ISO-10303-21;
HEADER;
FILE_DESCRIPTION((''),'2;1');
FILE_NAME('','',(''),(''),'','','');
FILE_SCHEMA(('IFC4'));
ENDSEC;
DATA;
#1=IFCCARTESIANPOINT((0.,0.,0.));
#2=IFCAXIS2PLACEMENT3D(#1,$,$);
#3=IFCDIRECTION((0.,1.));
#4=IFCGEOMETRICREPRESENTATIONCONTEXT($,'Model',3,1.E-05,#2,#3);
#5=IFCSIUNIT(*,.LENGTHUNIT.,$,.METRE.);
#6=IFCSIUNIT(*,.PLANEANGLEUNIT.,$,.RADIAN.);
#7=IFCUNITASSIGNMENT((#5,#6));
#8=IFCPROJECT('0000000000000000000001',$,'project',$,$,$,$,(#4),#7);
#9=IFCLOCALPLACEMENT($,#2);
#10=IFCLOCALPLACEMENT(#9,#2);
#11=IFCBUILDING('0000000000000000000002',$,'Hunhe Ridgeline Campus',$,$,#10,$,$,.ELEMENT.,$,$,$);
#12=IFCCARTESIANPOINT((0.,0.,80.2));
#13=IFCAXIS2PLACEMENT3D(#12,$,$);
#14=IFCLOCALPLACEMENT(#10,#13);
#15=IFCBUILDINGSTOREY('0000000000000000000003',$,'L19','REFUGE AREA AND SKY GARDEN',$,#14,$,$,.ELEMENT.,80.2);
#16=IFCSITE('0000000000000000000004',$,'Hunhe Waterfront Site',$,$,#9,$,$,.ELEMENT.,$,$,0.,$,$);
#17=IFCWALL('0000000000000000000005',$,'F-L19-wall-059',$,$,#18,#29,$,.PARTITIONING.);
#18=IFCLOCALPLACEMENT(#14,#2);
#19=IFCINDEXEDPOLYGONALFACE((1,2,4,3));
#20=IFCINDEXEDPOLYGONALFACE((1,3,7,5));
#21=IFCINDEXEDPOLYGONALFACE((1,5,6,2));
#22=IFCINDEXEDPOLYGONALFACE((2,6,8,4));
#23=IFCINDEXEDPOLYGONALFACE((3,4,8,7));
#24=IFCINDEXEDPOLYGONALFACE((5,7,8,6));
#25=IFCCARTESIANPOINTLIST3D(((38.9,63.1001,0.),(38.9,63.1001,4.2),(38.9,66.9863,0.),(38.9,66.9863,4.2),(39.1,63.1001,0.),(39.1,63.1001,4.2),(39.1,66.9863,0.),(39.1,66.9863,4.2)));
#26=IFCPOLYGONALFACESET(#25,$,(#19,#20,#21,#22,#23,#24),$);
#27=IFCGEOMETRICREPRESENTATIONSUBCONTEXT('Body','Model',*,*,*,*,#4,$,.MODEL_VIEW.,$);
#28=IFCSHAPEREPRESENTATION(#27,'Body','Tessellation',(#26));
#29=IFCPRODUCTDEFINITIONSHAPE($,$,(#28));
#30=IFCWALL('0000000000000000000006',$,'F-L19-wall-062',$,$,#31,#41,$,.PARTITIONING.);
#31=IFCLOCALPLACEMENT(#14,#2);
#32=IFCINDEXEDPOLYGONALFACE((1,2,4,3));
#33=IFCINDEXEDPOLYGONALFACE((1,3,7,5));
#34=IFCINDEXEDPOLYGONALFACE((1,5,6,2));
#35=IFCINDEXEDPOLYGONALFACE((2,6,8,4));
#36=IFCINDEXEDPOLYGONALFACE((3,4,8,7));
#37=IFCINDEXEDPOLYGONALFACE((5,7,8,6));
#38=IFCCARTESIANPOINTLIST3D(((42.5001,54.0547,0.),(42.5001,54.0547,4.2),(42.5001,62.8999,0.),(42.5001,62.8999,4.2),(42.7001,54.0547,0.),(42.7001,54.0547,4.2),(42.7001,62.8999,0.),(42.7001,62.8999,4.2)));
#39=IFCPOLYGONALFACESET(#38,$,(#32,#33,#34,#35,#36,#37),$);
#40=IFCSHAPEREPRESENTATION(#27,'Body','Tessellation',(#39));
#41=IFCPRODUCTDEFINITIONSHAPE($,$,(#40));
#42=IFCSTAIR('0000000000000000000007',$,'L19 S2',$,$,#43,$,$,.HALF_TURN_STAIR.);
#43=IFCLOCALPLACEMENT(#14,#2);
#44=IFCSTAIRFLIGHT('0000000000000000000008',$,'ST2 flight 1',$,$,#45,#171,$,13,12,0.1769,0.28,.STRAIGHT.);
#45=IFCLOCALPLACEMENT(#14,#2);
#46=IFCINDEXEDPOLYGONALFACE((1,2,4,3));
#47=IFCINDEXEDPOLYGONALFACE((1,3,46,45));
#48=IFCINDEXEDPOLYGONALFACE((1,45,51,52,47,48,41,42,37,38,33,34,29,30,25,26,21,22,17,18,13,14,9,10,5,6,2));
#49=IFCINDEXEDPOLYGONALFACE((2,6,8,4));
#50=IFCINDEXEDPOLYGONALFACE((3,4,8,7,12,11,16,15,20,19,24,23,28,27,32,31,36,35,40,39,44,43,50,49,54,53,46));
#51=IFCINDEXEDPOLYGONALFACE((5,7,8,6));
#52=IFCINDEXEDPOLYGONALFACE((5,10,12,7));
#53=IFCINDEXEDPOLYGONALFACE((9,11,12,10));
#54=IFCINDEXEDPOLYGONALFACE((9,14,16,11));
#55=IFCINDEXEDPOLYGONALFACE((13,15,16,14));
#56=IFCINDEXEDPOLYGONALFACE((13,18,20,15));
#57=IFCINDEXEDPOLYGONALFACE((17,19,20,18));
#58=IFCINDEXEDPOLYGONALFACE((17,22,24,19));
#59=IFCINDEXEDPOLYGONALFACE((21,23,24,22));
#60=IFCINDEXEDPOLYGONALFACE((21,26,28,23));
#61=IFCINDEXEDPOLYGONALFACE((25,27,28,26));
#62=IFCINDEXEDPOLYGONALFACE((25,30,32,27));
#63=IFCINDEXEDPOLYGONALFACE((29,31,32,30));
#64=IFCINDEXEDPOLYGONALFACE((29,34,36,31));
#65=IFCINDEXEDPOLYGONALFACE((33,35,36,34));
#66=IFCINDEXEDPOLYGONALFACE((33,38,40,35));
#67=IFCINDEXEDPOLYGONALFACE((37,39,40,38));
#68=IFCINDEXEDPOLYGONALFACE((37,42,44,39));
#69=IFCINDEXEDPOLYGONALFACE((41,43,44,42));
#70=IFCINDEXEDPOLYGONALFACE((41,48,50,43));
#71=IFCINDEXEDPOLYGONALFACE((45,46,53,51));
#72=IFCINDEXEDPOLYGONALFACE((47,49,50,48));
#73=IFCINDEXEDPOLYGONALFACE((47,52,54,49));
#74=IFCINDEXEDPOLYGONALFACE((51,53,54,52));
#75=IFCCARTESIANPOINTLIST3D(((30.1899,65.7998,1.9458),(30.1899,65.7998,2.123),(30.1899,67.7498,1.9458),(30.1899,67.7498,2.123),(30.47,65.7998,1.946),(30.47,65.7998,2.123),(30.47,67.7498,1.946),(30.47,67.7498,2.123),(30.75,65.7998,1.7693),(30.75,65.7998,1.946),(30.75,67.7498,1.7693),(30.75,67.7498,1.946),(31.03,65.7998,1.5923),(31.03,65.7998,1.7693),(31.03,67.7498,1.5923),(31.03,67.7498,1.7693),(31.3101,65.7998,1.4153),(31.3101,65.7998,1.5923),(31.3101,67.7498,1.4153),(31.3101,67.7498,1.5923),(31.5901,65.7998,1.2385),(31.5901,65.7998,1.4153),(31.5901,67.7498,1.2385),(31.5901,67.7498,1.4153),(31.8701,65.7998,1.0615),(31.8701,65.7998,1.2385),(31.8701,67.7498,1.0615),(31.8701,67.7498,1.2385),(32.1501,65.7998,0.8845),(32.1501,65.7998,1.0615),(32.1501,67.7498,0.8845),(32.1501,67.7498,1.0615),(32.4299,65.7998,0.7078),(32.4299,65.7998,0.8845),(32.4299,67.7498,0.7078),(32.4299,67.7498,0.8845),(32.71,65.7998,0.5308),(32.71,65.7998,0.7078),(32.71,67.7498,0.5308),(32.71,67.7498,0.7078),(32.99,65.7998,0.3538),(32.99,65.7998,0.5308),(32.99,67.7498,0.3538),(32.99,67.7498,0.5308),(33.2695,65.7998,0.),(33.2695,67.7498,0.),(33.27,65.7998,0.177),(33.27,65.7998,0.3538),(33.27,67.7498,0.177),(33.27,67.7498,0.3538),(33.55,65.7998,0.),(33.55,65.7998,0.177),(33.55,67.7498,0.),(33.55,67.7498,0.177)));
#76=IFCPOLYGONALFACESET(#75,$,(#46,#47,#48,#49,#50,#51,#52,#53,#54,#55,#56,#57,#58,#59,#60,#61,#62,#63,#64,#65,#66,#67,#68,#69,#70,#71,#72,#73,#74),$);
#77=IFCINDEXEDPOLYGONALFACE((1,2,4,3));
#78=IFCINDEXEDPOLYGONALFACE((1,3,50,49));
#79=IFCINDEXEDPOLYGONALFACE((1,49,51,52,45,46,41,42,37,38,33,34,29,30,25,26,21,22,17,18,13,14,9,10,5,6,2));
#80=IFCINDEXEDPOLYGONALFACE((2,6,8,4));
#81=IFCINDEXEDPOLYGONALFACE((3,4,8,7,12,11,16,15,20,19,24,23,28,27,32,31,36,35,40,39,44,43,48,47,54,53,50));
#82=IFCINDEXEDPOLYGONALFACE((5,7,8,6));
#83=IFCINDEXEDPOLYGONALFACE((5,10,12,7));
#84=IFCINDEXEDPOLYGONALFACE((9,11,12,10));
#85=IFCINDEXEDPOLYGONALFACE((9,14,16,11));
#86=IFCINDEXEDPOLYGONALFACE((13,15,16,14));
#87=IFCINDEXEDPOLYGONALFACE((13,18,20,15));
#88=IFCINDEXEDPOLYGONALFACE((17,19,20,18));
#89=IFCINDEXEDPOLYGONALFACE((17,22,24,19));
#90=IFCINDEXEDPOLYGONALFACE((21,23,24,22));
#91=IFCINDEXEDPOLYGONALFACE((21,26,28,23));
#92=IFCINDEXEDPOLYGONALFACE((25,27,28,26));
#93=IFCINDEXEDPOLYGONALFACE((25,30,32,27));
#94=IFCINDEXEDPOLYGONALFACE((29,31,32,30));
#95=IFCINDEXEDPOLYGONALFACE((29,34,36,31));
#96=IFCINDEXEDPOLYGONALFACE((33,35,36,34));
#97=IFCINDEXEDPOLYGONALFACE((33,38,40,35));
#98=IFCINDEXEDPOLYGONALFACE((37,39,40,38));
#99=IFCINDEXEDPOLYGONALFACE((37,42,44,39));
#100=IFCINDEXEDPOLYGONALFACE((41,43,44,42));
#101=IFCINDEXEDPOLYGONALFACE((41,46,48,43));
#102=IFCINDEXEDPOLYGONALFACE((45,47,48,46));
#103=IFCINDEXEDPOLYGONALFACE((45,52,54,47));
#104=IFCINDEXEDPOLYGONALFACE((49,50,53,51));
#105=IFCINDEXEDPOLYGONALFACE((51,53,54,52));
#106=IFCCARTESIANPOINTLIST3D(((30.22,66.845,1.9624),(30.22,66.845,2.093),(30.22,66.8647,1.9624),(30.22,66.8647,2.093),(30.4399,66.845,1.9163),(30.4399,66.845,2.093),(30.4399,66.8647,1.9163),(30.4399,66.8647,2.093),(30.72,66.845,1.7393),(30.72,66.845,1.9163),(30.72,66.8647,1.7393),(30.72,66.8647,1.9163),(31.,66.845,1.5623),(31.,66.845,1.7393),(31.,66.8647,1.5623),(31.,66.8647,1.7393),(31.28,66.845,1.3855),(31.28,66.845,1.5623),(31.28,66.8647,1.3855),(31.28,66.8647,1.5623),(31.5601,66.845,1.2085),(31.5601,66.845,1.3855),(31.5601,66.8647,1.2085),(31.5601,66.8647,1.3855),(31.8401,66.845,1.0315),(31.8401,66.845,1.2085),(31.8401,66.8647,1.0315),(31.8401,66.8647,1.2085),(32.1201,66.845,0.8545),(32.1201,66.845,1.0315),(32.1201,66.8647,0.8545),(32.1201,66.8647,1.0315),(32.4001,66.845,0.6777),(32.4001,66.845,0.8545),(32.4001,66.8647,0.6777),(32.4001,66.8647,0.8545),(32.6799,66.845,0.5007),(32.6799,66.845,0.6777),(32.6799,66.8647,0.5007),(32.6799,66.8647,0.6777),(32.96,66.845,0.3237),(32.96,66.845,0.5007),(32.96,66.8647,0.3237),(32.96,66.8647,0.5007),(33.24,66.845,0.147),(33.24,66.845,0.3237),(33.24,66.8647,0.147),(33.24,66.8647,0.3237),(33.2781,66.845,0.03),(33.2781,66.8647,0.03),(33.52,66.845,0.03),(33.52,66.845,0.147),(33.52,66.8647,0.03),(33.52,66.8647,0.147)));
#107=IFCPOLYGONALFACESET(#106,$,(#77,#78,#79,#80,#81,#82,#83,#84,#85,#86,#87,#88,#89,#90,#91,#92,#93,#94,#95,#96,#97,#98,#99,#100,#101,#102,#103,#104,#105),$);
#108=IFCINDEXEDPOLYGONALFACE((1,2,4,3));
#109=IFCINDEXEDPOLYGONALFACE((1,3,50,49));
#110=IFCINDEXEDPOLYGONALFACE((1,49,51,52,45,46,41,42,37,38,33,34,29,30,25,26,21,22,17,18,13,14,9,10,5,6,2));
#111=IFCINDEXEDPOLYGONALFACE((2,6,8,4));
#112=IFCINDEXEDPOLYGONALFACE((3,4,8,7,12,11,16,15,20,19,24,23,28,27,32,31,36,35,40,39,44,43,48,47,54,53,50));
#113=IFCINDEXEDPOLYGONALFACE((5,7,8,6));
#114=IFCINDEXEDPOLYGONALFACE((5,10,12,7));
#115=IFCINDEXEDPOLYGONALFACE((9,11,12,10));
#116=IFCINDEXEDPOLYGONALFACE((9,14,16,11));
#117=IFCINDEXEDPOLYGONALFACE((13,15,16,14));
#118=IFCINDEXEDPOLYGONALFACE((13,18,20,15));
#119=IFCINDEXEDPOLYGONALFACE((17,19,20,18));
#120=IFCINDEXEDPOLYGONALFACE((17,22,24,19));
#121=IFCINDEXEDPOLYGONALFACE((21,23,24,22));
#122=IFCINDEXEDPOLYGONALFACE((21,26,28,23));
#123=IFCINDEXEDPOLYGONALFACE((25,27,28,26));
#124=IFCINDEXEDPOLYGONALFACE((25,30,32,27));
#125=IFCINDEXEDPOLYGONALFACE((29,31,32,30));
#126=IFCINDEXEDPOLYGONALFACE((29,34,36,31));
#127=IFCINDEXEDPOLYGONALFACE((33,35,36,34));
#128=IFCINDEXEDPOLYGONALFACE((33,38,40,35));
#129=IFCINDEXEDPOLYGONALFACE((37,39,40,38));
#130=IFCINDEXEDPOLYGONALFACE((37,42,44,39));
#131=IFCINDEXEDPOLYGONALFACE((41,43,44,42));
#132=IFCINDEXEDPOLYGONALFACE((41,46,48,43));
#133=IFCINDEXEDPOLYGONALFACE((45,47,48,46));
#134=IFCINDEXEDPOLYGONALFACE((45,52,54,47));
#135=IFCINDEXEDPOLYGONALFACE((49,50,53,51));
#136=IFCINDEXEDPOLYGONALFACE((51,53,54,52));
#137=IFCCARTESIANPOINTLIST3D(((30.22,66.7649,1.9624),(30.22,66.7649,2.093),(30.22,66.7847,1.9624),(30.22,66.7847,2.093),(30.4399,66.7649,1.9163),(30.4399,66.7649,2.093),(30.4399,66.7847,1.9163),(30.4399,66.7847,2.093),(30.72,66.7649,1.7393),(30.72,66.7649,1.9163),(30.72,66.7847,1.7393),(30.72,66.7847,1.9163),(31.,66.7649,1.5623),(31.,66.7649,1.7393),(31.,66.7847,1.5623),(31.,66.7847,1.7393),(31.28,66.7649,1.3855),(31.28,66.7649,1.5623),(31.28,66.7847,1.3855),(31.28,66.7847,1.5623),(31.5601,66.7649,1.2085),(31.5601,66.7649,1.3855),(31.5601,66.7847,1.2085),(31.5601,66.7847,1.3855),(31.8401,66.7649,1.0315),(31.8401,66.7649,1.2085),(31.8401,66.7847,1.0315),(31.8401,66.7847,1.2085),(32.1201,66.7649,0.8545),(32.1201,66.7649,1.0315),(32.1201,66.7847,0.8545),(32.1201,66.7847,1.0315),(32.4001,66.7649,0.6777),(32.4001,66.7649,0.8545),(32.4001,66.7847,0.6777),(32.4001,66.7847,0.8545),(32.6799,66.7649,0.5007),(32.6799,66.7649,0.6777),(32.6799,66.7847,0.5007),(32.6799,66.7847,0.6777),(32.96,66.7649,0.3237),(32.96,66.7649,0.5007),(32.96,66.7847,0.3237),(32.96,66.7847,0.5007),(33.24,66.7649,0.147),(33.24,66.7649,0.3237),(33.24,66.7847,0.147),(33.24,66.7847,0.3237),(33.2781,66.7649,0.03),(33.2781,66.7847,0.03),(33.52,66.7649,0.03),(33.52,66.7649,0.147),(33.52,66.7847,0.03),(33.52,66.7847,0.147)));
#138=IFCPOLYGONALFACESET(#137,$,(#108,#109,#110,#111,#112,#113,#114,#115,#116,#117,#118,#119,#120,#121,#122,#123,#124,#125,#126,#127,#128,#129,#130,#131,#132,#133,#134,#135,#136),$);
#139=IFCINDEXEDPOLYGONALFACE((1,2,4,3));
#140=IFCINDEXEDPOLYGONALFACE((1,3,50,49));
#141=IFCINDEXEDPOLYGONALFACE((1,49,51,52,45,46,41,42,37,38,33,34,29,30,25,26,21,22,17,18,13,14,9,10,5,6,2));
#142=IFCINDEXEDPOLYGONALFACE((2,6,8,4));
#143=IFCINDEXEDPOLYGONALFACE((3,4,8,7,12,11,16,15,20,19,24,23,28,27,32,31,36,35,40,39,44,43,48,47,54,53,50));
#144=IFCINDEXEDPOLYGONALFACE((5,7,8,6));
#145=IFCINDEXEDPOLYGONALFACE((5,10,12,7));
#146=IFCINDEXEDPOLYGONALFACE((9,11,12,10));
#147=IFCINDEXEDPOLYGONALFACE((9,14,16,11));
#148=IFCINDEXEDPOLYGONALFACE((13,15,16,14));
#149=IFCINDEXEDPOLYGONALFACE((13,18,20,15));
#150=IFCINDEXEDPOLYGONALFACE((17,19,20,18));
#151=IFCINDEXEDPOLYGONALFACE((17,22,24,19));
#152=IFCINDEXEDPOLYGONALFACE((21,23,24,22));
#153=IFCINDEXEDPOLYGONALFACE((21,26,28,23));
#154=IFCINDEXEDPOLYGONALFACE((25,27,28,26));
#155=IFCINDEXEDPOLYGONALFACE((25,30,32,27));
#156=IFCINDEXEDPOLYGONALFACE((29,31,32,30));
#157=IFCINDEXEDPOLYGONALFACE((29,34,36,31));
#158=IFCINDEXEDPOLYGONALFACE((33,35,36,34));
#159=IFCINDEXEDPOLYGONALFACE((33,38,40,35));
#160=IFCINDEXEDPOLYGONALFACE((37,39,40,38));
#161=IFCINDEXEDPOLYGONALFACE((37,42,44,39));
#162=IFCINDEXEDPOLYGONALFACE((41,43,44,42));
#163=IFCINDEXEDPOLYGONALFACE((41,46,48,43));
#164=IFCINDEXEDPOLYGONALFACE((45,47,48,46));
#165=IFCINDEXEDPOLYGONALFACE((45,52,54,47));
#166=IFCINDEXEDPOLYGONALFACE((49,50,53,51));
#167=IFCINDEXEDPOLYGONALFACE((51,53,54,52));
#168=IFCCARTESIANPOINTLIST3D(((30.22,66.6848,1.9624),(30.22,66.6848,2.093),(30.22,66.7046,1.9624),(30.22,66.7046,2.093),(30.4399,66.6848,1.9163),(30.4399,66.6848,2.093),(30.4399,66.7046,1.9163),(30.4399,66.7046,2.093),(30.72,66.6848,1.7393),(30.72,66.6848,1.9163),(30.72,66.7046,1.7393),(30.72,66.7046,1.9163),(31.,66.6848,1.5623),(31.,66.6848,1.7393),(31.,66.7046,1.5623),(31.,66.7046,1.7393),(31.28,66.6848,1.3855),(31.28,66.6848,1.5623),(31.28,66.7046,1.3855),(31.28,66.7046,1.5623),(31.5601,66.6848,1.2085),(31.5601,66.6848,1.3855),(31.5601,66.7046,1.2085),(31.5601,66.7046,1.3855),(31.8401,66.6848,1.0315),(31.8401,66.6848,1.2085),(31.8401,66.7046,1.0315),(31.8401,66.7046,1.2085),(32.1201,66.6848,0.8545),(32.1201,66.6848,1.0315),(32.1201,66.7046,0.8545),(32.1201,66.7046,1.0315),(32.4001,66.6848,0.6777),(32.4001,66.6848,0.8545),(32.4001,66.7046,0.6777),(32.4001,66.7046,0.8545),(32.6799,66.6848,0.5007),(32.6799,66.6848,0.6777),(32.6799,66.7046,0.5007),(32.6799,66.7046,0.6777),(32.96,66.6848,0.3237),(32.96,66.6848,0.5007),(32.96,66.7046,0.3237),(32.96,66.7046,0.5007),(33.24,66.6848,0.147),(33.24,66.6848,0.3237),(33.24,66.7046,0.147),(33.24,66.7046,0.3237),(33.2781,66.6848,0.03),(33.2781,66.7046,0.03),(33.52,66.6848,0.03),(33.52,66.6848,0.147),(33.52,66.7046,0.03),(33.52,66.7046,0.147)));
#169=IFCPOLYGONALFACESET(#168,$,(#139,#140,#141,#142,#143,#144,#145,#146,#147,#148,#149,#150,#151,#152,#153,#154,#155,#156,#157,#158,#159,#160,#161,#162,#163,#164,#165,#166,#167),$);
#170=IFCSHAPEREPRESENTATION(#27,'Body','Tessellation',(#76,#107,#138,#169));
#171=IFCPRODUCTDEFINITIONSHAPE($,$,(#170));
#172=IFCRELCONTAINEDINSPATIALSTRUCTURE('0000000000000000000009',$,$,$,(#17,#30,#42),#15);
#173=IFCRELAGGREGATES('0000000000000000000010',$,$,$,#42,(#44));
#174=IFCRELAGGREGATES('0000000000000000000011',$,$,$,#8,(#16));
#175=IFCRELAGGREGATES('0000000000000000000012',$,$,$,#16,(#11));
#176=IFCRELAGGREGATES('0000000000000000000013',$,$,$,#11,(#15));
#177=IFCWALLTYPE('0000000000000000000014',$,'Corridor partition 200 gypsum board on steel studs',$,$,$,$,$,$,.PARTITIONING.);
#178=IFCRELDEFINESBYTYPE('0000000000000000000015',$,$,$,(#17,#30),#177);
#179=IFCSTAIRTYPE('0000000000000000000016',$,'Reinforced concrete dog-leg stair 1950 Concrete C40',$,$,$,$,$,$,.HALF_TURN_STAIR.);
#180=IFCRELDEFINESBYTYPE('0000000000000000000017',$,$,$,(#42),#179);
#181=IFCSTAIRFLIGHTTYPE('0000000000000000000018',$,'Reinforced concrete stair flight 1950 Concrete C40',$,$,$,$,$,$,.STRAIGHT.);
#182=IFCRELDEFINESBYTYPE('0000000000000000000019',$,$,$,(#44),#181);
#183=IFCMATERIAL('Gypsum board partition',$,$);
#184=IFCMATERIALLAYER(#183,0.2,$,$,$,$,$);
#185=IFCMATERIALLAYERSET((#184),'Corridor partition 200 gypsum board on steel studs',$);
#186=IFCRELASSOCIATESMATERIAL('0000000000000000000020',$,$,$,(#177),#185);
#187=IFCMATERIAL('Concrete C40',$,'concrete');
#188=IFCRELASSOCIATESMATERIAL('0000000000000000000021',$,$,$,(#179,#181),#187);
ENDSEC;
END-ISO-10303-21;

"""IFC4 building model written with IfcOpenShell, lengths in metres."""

from ifc_helpers import new_model, si_unit, direction, frame, frame_2d, origin, place, context, subcontext, project, spatial, polyline, rectangle, outline, extrude, material, layer, layer_set, type_object, element, aggregate, save


model = new_model("IFC4")

# Units and contexts
model_context = context("Model", 3, precision=1e-05, world=origin(), true_north=direction((0.0, 1.0)))
body_context = subcontext(model_context, "Body", "Model", "MODEL_VIEW")
ifc_project = project(units=[si_unit("LENGTHUNIT", "METRE"), si_unit("PLANEANGLEUNIT", "RADIAN")], contexts=[model_context])

# Site, building, storey
site_placement = place(None, origin())
site = spatial("IfcSite", under=ifc_project, at=site_placement, Name="Hunhe Waterfront Site", CompositionType="ELEMENT", RefElevation=0.0)
building_placement = place(site_placement, origin())
building = spatial("IfcBuilding", under=site, at=building_placement, Name="Hunhe Ridgeline Campus", CompositionType="ELEMENT")
storey_placement = place(building_placement, frame((0.0, 0.0, 80.2)))
storey = spatial("IfcBuildingStorey", under=building, at=storey_placement, Name="L19", Description="REFUGE AREA AND SKY GARDEN", CompositionType="ELEMENT", Elevation=80.2)

# Shared definitions
ifc_material_1 = material(Name="Gypsum board partition")
ifc_layer_1 = layer(ifc_material_1, 0.2)
ifc_layer_set_1 = layer_set([ifc_layer_1], Name="Corridor partition 200 gypsum board on steel studs")
wall_type_1 = type_object("IfcWallType", Name="Corridor partition 200 gypsum board on steel studs", PredefinedType="PARTITIONING", material=ifc_layer_set_1)

# Walls
wall_1_placement = place(storey_placement, frame((39.0, 66.9863, 0.0), z_axis=(0.0, 0.0, 1.0), x_axis=(0.0, -1.0, 0.0)))
element("IfcWall", 1, at=wall_1_placement, inside=storey, type_object=wall_type_1, Name="F-L19-wall-059", PredefinedType="PARTITIONING", context=body_context, shape_type="SweptSolid", body=[
    extrude(rectangle(XDim=3.8862, YDim=0.2, at=frame_2d((1.9431, 0.0))), origin(), (0.0, 0.0, 1.0), 4.2),
])
wall_2_placement = place(storey_placement, frame((42.6001, 62.8999, 0.0), z_axis=(0.0, 0.0, 1.0), x_axis=(0.0, -1.0, 0.0)))
element("IfcWall", 2, at=wall_2_placement, inside=storey, type_object=wall_type_1, Name="F-L19-wall-062", PredefinedType="PARTITIONING", context=body_context, shape_type="SweptSolid", body=[
    extrude(rectangle(XDim=8.8452, YDim=0.2, at=frame_2d((4.4226, 0.0))), origin(), (0.0, 0.0, 1.0), 4.2),
])

# Stair, stair flight
ifc_material_2 = material(Name="Concrete C40", Category="concrete")
stair_type = type_object("IfcStairType", Name="Reinforced concrete dog-leg stair 1950 Concrete C40", PredefinedType="HALF_TURN_STAIR", material=ifc_material_2)
stair_placement = place(storey_placement, origin())
stair = element("IfcStair", 3, at=stair_placement, inside=storey, type_object=stair_type, Name="L19 S2", PredefinedType="HALF_TURN_STAIR")
stair_flight_type = type_object("IfcStairFlightType", Name="Reinforced concrete stair flight 1950 Concrete C40", PredefinedType="STRAIGHT", material=ifc_material_2)
stair_flight_1_placement = place(storey_placement, frame((33.55, 66.7749, 0.0), z_axis=(0.0, 0.0, 1.0), x_axis=(-1.0, 0.0, 0.0)))
stair_flight_1 = element("IfcStairFlight", 4, at=stair_flight_1_placement, type_object=stair_flight_type, Name="ST2 flight 1", NumberOfRisers=13, NumberOfTreads=12, PredefinedType="STRAIGHT", RiserHeight=0.1769, TreadLength=0.28, context=body_context, shape_type="SweptSolid", body=[
    extrude(outline(polyline([(0.0, 0.0), (0.0, 0.177), (0.28, 0.177), (0.28, 0.3538), (0.5601, 0.3538), (0.5601, 0.5308), (0.8401, 0.5308), (0.8401, 0.7078), (1.1201, 0.7078), (1.1201, 0.8845), (1.3999, 0.8845), (1.3999, 1.0615), (1.6799, 1.0615), (1.6799, 1.2385), (1.96, 1.2385), (1.96, 1.4153), (2.24, 1.4153), (2.24, 1.5923), (2.52, 1.5923), (2.52, 1.7693), (2.8, 1.7693), (2.8, 1.946), (3.0801, 1.946), (3.0801, 2.123), (3.3601, 2.123), (3.3601, 2.3), (3.3601, 1.9458), (0.2805, 0.0), (0.0, 0.0)])), frame((0.0, 0.9751, 0.0), z_axis=(0.0, -1.0, 0.0), x_axis=(1.0, 0.0, 0.0)), (0.0, 0.0, 1.0), 1.95),
    extrude(outline(polyline([(0.03, 0.03), (0.03, 0.147), (0.3101, 0.147), (0.3101, 0.3237), (0.5901, 0.3237), (0.5901, 0.5007), (0.8701, 0.5007), (0.8701, 0.6777), (1.1499, 0.6777), (1.1499, 0.8545), (1.4299, 0.8545), (1.4299, 1.0315), (1.71, 1.0315), (1.71, 1.2085), (1.99, 1.2085), (1.99, 1.3855), (2.27, 1.3855), (2.27, 1.5623), (2.55, 1.5623), (2.55, 1.7393), (2.8301, 1.7393), (2.8301, 1.9163), (3.1101, 1.9163), (3.1101, 2.093), (3.3301, 2.093), (3.3301, 1.9624), (0.272, 0.03), (0.03, 0.03)])), frame((0.0, -0.0701, 0.0), z_axis=(0.0, -1.0, 0.0), x_axis=(1.0, 0.0, 0.0)), (0.0, 0.0, 1.0), 0.0198),
    extrude(outline(polyline([(0.03, 0.03), (0.03, 0.147), (0.3101, 0.147), (0.3101, 0.3237), (0.5901, 0.3237), (0.5901, 0.5007), (0.8701, 0.5007), (0.8701, 0.6777), (1.1499, 0.6777), (1.1499, 0.8545), (1.4299, 0.8545), (1.4299, 1.0315), (1.71, 1.0315), (1.71, 1.2085), (1.99, 1.2085), (1.99, 1.3855), (2.27, 1.3855), (2.27, 1.5623), (2.55, 1.5623), (2.55, 1.7393), (2.8301, 1.7393), (2.8301, 1.9163), (3.1101, 1.9163), (3.1101, 2.093), (3.3301, 2.093), (3.3301, 1.9624), (0.272, 0.03), (0.03, 0.03)])), frame((0.0, 0.01, 0.0), z_axis=(0.0, -1.0, 0.0), x_axis=(1.0, 0.0, 0.0)), (0.0, 0.0, 1.0), 0.0198),
    extrude(outline(polyline([(0.03, 0.03), (0.03, 0.147), (0.3101, 0.147), (0.3101, 0.3237), (0.5901, 0.3237), (0.5901, 0.5007), (0.8701, 0.5007), (0.8701, 0.6777), (1.1499, 0.6777), (1.1499, 0.8545), (1.4299, 0.8545), (1.4299, 1.0315), (1.71, 1.0315), (1.71, 1.2085), (1.99, 1.2085), (1.99, 1.3855), (2.27, 1.3855), (2.27, 1.5623), (2.55, 1.5623), (2.55, 1.7393), (2.8301, 1.7393), (2.8301, 1.9163), (3.1101, 1.9163), (3.1101, 2.093), (3.3301, 2.093), (3.3301, 1.9624), (0.272, 0.03), (0.03, 0.03)])), frame((0.0, 0.0901, 0.0), z_axis=(0.0, -1.0, 0.0), x_axis=(1.0, 0.0, 0.0)), (0.0, 0.0, 1.0), 0.0198),
])
aggregate(stair, [stair_flight_1])

save(model, "model.ifc")
